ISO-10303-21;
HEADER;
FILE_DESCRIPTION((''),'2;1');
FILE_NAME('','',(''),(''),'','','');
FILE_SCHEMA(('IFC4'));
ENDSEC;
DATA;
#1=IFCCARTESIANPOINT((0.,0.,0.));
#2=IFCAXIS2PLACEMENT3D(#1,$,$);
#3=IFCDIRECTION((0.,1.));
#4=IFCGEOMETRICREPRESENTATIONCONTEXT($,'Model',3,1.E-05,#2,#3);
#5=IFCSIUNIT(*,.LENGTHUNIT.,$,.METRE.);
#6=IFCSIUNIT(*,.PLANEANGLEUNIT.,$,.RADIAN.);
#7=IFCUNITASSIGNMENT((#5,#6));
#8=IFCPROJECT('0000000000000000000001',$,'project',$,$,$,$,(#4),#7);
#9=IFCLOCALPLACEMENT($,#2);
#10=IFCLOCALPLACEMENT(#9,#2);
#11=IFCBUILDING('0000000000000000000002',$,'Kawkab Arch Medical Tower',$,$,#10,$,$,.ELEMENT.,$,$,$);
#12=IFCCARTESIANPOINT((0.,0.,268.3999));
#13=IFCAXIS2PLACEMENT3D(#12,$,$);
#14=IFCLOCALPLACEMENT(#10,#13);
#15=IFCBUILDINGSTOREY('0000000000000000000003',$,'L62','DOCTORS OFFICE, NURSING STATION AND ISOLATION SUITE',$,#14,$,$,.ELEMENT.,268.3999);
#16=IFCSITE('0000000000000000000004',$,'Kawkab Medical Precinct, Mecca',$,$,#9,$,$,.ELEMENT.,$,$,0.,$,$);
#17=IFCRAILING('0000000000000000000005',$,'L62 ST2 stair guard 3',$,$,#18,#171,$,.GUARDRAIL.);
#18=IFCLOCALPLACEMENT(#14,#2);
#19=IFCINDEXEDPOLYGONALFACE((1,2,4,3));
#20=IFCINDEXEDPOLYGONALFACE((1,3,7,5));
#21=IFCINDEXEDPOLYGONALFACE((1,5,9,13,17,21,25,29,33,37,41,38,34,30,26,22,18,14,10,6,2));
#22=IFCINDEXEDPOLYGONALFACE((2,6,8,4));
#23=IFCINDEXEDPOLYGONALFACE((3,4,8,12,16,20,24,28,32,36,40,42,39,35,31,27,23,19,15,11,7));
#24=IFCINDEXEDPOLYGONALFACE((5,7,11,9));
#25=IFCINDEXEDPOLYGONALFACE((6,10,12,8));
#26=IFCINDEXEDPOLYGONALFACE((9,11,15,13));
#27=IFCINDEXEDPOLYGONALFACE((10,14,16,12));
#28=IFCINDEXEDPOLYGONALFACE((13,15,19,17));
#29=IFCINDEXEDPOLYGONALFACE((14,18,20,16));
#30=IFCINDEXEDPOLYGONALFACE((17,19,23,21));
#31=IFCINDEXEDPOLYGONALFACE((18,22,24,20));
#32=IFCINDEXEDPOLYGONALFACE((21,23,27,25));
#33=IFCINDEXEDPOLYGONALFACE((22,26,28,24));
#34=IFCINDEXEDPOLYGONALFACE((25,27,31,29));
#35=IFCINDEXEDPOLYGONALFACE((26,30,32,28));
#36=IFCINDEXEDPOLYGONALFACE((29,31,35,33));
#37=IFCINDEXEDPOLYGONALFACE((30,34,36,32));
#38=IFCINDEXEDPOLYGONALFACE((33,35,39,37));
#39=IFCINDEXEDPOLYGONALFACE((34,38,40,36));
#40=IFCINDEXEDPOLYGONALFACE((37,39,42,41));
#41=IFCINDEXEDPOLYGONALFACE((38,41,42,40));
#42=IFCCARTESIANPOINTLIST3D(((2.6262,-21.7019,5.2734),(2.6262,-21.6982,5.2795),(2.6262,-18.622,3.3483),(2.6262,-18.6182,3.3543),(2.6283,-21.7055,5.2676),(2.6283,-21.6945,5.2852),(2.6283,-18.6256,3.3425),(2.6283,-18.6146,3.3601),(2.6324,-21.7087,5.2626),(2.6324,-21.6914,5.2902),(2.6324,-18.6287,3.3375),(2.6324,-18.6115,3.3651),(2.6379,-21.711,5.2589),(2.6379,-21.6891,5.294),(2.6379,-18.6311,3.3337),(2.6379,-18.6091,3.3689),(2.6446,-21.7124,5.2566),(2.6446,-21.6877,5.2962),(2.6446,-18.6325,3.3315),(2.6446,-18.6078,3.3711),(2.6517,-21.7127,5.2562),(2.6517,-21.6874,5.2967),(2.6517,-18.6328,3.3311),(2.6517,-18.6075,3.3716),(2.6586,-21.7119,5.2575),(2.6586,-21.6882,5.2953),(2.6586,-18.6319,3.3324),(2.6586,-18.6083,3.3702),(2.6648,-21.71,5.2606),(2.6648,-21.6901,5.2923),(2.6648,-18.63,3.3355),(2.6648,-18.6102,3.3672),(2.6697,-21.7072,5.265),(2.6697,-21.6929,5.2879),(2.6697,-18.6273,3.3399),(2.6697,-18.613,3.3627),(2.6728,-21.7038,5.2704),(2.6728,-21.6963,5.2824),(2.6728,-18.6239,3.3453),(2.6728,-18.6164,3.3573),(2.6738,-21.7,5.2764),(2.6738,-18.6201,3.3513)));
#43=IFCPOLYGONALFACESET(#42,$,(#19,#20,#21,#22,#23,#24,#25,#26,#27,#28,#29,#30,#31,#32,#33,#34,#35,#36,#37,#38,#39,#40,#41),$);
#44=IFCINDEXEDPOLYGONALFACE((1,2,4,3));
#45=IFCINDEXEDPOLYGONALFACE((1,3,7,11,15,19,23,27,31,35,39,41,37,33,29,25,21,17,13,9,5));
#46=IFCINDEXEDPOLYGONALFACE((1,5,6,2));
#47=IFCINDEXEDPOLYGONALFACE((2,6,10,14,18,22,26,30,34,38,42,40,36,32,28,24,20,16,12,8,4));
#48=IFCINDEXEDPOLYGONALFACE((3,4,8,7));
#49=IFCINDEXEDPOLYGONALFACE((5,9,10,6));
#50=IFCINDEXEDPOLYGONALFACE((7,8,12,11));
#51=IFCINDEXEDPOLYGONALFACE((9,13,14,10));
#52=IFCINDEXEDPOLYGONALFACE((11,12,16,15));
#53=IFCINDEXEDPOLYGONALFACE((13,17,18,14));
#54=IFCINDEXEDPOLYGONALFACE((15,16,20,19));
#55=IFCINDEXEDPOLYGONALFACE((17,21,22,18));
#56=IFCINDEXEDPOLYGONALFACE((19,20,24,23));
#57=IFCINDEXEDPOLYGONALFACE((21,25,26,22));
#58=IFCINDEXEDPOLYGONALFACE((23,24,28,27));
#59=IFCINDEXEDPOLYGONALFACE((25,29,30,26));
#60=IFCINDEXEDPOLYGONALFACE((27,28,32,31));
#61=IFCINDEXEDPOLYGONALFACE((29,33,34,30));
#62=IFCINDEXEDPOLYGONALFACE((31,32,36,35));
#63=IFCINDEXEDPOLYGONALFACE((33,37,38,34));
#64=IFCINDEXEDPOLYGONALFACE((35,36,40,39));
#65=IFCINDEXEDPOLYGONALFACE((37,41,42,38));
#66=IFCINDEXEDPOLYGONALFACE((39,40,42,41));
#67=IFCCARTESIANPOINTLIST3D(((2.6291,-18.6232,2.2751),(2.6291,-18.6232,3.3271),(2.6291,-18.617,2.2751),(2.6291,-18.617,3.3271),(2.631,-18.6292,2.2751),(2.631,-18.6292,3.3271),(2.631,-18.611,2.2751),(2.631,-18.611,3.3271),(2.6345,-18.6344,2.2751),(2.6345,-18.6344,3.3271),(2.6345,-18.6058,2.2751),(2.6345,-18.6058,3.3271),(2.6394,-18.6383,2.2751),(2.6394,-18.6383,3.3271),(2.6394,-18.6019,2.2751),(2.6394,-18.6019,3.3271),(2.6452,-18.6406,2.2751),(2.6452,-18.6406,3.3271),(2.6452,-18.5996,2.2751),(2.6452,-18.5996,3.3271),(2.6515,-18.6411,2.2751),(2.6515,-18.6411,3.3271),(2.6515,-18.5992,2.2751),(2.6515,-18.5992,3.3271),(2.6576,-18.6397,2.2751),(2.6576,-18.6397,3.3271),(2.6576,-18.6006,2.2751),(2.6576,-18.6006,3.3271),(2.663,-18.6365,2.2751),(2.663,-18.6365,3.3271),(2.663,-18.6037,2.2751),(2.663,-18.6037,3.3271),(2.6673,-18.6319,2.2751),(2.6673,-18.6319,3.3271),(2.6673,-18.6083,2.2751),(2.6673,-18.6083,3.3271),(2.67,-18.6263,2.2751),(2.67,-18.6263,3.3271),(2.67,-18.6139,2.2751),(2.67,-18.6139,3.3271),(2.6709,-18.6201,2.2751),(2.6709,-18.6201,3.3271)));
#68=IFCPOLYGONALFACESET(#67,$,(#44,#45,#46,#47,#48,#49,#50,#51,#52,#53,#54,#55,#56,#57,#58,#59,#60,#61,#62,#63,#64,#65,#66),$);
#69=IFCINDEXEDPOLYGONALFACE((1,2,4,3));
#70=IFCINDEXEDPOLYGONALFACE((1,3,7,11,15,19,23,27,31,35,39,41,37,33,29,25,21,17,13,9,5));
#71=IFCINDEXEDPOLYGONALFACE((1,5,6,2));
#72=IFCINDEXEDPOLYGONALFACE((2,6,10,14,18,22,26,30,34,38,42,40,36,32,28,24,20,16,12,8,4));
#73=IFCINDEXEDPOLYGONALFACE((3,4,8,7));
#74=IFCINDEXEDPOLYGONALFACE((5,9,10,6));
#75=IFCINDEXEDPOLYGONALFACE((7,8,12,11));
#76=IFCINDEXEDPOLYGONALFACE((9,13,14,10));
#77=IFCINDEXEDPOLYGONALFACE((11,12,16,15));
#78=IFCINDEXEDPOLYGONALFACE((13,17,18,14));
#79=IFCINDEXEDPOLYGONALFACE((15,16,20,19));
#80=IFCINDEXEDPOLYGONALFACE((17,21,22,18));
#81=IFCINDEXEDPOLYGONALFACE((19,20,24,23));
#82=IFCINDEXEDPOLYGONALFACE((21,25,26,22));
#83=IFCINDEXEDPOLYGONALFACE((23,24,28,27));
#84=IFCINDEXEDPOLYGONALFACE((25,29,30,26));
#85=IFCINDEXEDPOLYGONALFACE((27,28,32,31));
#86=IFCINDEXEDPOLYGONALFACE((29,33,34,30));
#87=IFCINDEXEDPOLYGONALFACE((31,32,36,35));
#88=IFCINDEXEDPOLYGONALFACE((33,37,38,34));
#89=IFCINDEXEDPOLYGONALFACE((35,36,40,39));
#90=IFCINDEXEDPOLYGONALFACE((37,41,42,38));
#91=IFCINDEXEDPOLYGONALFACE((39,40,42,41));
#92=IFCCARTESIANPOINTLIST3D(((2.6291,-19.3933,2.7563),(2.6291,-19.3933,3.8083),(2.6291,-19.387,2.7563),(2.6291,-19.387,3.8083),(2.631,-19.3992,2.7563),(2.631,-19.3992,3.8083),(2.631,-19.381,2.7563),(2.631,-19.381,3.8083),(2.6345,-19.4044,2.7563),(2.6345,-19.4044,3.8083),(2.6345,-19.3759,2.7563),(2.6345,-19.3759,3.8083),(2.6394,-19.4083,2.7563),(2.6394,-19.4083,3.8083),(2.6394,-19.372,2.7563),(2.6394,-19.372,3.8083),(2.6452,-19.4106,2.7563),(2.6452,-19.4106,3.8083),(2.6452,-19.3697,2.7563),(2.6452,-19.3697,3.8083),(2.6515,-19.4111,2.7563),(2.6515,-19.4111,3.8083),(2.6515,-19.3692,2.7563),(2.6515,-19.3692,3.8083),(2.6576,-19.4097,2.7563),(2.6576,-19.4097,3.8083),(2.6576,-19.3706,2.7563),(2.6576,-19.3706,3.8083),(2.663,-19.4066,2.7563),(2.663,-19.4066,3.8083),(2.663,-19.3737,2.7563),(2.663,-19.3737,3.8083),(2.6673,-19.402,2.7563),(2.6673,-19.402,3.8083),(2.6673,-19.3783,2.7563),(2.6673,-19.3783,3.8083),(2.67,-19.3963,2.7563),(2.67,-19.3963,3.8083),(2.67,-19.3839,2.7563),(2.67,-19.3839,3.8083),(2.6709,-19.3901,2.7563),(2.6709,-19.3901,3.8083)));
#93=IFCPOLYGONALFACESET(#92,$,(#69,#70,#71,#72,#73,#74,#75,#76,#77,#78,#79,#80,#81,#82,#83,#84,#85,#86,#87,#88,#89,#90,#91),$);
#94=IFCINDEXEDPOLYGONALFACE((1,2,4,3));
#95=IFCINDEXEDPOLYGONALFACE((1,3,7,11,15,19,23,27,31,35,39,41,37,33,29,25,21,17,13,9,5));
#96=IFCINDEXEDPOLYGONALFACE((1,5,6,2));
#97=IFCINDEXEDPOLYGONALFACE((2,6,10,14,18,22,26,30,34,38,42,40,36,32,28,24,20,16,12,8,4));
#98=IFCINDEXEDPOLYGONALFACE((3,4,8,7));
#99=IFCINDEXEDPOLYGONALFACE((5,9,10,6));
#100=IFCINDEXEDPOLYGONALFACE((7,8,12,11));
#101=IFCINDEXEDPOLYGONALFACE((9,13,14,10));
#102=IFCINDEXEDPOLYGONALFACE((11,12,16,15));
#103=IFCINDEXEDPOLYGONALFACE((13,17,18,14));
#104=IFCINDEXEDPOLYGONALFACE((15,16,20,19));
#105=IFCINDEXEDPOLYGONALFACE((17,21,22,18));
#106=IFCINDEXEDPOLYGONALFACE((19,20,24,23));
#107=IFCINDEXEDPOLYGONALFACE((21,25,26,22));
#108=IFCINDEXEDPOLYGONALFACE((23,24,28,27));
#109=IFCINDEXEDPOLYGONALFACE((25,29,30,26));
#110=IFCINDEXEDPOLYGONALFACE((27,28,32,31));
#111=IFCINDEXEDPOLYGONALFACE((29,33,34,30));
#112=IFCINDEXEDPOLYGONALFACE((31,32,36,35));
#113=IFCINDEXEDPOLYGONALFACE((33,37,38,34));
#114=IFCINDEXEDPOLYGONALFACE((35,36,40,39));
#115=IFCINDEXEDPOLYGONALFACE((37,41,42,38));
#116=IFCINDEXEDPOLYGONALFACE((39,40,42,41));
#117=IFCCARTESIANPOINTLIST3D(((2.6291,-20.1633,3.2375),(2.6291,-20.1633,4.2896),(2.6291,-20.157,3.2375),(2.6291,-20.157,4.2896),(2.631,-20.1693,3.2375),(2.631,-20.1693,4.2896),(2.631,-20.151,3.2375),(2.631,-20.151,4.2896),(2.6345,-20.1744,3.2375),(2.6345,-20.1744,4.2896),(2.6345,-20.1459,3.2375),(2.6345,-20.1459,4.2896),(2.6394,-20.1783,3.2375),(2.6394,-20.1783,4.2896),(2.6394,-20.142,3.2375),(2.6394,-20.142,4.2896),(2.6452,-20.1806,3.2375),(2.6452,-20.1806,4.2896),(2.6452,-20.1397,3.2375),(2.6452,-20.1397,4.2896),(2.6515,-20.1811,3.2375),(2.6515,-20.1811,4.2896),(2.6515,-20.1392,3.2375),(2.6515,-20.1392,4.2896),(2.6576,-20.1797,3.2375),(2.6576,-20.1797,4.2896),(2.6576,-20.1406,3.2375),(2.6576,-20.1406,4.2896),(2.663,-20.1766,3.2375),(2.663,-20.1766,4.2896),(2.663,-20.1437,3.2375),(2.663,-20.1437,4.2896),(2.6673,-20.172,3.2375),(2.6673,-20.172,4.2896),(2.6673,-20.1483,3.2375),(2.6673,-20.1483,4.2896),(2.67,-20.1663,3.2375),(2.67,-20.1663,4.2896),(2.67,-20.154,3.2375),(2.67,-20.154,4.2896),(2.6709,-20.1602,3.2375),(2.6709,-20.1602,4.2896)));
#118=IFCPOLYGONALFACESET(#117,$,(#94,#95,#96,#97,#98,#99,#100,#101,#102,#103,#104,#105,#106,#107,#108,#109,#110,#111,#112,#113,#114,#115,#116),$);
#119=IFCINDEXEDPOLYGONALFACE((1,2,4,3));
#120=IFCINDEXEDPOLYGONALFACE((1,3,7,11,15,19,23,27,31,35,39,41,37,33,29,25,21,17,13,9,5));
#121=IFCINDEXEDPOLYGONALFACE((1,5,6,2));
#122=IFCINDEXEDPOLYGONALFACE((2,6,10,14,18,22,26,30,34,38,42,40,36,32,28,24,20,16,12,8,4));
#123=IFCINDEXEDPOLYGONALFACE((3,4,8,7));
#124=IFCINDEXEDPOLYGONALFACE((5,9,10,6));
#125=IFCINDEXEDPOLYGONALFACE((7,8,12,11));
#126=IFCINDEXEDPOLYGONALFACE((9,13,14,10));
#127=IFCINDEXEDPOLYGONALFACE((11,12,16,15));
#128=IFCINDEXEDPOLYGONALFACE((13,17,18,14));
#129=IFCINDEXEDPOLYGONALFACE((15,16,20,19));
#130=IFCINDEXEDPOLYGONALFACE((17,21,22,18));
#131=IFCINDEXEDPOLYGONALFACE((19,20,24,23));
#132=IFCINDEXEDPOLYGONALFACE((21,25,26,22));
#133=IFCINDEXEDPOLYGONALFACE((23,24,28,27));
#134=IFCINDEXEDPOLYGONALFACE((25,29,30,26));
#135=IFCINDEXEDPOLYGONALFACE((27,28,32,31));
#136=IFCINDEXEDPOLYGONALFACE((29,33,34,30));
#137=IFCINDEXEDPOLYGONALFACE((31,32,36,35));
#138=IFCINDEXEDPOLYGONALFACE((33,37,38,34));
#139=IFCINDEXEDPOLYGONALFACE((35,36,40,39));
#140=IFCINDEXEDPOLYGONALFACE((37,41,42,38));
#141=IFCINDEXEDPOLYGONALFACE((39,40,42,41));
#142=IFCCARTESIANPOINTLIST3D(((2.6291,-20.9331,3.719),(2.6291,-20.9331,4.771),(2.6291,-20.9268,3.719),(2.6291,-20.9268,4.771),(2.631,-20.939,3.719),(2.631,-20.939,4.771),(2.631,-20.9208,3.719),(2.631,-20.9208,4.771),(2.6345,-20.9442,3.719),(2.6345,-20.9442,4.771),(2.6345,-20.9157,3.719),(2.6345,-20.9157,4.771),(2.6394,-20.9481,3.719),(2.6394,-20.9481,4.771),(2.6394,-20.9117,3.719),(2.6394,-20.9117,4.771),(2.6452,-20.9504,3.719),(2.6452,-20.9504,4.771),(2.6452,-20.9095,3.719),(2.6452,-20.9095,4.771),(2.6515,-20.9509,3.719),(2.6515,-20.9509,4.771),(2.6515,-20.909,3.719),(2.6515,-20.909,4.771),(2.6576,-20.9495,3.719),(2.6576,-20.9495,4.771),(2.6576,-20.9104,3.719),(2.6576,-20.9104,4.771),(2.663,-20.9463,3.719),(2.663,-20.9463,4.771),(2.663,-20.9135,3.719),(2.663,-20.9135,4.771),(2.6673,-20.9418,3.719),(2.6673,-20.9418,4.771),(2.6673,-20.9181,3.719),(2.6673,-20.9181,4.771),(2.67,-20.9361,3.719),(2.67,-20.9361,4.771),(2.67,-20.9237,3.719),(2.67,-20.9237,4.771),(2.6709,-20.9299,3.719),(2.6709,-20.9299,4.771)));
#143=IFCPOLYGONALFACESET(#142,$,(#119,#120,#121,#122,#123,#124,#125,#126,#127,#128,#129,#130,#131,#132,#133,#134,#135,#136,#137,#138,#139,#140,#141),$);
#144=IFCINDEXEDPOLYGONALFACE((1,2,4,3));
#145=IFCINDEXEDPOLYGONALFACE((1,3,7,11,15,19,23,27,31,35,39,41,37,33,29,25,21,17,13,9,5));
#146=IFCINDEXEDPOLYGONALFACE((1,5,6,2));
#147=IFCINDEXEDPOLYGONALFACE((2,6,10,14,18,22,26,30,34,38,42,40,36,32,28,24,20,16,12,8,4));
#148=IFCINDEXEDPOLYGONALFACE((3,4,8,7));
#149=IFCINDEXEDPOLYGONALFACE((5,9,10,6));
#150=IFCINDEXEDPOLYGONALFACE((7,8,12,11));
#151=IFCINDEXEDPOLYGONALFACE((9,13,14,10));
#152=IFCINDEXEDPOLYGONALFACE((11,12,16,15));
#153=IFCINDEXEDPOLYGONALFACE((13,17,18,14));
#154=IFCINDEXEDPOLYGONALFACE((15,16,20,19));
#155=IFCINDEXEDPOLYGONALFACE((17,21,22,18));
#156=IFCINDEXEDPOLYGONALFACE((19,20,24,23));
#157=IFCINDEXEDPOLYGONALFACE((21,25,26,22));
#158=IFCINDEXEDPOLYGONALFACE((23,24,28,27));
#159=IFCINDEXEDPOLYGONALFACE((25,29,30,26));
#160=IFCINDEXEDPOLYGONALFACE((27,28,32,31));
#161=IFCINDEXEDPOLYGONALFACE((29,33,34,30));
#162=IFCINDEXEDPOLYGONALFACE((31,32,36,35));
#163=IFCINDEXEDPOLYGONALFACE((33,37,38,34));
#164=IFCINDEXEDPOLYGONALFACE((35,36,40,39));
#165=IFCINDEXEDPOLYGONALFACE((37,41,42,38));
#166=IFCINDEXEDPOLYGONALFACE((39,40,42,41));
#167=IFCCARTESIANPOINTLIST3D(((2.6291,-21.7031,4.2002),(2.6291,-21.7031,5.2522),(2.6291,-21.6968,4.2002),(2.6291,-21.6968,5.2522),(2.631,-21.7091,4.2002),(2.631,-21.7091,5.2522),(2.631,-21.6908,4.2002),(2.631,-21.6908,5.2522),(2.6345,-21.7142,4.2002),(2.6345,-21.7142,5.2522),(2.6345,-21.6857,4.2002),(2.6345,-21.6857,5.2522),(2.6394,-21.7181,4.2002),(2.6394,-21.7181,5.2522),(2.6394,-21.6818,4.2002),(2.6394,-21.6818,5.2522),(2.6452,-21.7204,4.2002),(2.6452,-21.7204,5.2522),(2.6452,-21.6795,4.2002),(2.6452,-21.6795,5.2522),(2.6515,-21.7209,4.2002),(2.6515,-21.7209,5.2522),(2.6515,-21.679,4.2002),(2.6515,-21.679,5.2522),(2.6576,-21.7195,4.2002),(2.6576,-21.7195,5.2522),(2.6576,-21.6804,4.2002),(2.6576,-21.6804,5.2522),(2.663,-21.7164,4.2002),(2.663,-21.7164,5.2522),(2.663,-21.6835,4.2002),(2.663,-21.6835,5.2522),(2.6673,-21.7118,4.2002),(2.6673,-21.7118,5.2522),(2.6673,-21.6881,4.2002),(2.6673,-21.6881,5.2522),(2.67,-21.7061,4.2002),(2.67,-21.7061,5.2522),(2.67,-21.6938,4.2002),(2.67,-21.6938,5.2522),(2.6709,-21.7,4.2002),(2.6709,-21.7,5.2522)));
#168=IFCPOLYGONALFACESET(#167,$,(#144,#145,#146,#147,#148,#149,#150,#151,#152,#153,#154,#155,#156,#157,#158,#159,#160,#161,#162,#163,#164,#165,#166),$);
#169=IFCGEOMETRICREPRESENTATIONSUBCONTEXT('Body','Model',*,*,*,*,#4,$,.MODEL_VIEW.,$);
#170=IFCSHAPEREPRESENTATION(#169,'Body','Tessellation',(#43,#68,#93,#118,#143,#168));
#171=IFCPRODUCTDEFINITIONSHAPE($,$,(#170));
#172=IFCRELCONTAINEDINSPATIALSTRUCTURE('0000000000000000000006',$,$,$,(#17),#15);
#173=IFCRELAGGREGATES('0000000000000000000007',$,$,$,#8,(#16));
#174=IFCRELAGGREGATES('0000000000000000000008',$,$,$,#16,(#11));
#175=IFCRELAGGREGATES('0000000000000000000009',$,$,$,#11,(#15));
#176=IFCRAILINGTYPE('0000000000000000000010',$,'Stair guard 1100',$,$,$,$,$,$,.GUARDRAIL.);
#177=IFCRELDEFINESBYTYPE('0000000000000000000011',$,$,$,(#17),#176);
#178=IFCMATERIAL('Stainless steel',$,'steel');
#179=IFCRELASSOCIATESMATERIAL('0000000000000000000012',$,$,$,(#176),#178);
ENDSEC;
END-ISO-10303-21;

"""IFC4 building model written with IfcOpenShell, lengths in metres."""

from ifc_helpers import new_model, si_unit, direction, frame, origin, origin_2d, place, context, subcontext, project, spatial, circle, extrude, material, type_object, element, save


model = new_model("IFC4")

# Units and contexts
model_context = context("Model", 3, precision=1e-05, world=origin(), true_north=direction((0.0, 1.0)))
body_context = subcontext(model_context, "Body", "Model", "MODEL_VIEW")
ifc_project = project(units=[si_unit("LENGTHUNIT", "METRE"), si_unit("PLANEANGLEUNIT", "RADIAN")], contexts=[model_context])

# Site, building, storey
site_placement = place(None, origin())
site = spatial("IfcSite", under=ifc_project, at=site_placement, Name="Kawkab Medical Precinct, Mecca", CompositionType="ELEMENT", RefElevation=0.0)
building_placement = place(site_placement, origin())
building = spatial("IfcBuilding", under=site, at=building_placement, Name="Kawkab Arch Medical Tower", CompositionType="ELEMENT")
storey_placement = place(building_placement, frame((0.0, 0.0, 268.3999)))
storey = spatial("IfcBuildingStorey", under=building, at=storey_placement, Name="L62", Description="DOCTORS OFFICE, NURSING STATION AND ISOLATION SUITE", CompositionType="ELEMENT", Elevation=268.3999)

# Railing
ifc_material_1 = material(Name="Stainless steel", Category="steel")
railing_type_1 = type_object("IfcRailingType", Name="Stair guard 1100", PredefinedType="GUARDRAIL", material=ifc_material_1)
railing_1_placement = place(storey_placement, frame((2.6499, -18.6201, 2.2751)))
element("IfcRailing", 1, at=railing_1_placement, inside=storey, type_object=railing_type_1, Name="L62 ST2 stair guard 3", PredefinedType="GUARDRAIL", context=body_context, shape_type="SweptSolid", body=[
    extrude(circle(Radius=0.0239, at=origin_2d()), frame((0.0, 0.0, 1.0762), z_axis=(0.0, -0.847979, 0.530029), x_axis=(1.0, 0.0, 0.0)), (0.0, 0.0, 1.0), 3.6321),
    extrude(circle(Radius=0.021, at=origin_2d()), origin(), (0.0, 0.0, 1.0), 1.052),
    extrude(circle(Radius=0.021, at=origin_2d()), frame((0.0, -0.77, 0.4812)), (0.0, 0.0, 1.0), 1.052),
    extrude(circle(Radius=0.021, at=origin_2d()), frame((0.0, -1.54, 0.9624)), (0.0, 0.0, 1.0), 1.052),
    extrude(circle(Radius=0.021, at=origin_2d()), frame((0.0, -2.3098, 1.4438)), (0.0, 0.0, 1.0), 1.052),
    extrude(circle(Radius=0.021, at=origin_2d()), frame((0.0, -3.0798, 1.925)), (0.0, 0.0, 1.0), 1.052),
])

save(model, "model.ifc")
